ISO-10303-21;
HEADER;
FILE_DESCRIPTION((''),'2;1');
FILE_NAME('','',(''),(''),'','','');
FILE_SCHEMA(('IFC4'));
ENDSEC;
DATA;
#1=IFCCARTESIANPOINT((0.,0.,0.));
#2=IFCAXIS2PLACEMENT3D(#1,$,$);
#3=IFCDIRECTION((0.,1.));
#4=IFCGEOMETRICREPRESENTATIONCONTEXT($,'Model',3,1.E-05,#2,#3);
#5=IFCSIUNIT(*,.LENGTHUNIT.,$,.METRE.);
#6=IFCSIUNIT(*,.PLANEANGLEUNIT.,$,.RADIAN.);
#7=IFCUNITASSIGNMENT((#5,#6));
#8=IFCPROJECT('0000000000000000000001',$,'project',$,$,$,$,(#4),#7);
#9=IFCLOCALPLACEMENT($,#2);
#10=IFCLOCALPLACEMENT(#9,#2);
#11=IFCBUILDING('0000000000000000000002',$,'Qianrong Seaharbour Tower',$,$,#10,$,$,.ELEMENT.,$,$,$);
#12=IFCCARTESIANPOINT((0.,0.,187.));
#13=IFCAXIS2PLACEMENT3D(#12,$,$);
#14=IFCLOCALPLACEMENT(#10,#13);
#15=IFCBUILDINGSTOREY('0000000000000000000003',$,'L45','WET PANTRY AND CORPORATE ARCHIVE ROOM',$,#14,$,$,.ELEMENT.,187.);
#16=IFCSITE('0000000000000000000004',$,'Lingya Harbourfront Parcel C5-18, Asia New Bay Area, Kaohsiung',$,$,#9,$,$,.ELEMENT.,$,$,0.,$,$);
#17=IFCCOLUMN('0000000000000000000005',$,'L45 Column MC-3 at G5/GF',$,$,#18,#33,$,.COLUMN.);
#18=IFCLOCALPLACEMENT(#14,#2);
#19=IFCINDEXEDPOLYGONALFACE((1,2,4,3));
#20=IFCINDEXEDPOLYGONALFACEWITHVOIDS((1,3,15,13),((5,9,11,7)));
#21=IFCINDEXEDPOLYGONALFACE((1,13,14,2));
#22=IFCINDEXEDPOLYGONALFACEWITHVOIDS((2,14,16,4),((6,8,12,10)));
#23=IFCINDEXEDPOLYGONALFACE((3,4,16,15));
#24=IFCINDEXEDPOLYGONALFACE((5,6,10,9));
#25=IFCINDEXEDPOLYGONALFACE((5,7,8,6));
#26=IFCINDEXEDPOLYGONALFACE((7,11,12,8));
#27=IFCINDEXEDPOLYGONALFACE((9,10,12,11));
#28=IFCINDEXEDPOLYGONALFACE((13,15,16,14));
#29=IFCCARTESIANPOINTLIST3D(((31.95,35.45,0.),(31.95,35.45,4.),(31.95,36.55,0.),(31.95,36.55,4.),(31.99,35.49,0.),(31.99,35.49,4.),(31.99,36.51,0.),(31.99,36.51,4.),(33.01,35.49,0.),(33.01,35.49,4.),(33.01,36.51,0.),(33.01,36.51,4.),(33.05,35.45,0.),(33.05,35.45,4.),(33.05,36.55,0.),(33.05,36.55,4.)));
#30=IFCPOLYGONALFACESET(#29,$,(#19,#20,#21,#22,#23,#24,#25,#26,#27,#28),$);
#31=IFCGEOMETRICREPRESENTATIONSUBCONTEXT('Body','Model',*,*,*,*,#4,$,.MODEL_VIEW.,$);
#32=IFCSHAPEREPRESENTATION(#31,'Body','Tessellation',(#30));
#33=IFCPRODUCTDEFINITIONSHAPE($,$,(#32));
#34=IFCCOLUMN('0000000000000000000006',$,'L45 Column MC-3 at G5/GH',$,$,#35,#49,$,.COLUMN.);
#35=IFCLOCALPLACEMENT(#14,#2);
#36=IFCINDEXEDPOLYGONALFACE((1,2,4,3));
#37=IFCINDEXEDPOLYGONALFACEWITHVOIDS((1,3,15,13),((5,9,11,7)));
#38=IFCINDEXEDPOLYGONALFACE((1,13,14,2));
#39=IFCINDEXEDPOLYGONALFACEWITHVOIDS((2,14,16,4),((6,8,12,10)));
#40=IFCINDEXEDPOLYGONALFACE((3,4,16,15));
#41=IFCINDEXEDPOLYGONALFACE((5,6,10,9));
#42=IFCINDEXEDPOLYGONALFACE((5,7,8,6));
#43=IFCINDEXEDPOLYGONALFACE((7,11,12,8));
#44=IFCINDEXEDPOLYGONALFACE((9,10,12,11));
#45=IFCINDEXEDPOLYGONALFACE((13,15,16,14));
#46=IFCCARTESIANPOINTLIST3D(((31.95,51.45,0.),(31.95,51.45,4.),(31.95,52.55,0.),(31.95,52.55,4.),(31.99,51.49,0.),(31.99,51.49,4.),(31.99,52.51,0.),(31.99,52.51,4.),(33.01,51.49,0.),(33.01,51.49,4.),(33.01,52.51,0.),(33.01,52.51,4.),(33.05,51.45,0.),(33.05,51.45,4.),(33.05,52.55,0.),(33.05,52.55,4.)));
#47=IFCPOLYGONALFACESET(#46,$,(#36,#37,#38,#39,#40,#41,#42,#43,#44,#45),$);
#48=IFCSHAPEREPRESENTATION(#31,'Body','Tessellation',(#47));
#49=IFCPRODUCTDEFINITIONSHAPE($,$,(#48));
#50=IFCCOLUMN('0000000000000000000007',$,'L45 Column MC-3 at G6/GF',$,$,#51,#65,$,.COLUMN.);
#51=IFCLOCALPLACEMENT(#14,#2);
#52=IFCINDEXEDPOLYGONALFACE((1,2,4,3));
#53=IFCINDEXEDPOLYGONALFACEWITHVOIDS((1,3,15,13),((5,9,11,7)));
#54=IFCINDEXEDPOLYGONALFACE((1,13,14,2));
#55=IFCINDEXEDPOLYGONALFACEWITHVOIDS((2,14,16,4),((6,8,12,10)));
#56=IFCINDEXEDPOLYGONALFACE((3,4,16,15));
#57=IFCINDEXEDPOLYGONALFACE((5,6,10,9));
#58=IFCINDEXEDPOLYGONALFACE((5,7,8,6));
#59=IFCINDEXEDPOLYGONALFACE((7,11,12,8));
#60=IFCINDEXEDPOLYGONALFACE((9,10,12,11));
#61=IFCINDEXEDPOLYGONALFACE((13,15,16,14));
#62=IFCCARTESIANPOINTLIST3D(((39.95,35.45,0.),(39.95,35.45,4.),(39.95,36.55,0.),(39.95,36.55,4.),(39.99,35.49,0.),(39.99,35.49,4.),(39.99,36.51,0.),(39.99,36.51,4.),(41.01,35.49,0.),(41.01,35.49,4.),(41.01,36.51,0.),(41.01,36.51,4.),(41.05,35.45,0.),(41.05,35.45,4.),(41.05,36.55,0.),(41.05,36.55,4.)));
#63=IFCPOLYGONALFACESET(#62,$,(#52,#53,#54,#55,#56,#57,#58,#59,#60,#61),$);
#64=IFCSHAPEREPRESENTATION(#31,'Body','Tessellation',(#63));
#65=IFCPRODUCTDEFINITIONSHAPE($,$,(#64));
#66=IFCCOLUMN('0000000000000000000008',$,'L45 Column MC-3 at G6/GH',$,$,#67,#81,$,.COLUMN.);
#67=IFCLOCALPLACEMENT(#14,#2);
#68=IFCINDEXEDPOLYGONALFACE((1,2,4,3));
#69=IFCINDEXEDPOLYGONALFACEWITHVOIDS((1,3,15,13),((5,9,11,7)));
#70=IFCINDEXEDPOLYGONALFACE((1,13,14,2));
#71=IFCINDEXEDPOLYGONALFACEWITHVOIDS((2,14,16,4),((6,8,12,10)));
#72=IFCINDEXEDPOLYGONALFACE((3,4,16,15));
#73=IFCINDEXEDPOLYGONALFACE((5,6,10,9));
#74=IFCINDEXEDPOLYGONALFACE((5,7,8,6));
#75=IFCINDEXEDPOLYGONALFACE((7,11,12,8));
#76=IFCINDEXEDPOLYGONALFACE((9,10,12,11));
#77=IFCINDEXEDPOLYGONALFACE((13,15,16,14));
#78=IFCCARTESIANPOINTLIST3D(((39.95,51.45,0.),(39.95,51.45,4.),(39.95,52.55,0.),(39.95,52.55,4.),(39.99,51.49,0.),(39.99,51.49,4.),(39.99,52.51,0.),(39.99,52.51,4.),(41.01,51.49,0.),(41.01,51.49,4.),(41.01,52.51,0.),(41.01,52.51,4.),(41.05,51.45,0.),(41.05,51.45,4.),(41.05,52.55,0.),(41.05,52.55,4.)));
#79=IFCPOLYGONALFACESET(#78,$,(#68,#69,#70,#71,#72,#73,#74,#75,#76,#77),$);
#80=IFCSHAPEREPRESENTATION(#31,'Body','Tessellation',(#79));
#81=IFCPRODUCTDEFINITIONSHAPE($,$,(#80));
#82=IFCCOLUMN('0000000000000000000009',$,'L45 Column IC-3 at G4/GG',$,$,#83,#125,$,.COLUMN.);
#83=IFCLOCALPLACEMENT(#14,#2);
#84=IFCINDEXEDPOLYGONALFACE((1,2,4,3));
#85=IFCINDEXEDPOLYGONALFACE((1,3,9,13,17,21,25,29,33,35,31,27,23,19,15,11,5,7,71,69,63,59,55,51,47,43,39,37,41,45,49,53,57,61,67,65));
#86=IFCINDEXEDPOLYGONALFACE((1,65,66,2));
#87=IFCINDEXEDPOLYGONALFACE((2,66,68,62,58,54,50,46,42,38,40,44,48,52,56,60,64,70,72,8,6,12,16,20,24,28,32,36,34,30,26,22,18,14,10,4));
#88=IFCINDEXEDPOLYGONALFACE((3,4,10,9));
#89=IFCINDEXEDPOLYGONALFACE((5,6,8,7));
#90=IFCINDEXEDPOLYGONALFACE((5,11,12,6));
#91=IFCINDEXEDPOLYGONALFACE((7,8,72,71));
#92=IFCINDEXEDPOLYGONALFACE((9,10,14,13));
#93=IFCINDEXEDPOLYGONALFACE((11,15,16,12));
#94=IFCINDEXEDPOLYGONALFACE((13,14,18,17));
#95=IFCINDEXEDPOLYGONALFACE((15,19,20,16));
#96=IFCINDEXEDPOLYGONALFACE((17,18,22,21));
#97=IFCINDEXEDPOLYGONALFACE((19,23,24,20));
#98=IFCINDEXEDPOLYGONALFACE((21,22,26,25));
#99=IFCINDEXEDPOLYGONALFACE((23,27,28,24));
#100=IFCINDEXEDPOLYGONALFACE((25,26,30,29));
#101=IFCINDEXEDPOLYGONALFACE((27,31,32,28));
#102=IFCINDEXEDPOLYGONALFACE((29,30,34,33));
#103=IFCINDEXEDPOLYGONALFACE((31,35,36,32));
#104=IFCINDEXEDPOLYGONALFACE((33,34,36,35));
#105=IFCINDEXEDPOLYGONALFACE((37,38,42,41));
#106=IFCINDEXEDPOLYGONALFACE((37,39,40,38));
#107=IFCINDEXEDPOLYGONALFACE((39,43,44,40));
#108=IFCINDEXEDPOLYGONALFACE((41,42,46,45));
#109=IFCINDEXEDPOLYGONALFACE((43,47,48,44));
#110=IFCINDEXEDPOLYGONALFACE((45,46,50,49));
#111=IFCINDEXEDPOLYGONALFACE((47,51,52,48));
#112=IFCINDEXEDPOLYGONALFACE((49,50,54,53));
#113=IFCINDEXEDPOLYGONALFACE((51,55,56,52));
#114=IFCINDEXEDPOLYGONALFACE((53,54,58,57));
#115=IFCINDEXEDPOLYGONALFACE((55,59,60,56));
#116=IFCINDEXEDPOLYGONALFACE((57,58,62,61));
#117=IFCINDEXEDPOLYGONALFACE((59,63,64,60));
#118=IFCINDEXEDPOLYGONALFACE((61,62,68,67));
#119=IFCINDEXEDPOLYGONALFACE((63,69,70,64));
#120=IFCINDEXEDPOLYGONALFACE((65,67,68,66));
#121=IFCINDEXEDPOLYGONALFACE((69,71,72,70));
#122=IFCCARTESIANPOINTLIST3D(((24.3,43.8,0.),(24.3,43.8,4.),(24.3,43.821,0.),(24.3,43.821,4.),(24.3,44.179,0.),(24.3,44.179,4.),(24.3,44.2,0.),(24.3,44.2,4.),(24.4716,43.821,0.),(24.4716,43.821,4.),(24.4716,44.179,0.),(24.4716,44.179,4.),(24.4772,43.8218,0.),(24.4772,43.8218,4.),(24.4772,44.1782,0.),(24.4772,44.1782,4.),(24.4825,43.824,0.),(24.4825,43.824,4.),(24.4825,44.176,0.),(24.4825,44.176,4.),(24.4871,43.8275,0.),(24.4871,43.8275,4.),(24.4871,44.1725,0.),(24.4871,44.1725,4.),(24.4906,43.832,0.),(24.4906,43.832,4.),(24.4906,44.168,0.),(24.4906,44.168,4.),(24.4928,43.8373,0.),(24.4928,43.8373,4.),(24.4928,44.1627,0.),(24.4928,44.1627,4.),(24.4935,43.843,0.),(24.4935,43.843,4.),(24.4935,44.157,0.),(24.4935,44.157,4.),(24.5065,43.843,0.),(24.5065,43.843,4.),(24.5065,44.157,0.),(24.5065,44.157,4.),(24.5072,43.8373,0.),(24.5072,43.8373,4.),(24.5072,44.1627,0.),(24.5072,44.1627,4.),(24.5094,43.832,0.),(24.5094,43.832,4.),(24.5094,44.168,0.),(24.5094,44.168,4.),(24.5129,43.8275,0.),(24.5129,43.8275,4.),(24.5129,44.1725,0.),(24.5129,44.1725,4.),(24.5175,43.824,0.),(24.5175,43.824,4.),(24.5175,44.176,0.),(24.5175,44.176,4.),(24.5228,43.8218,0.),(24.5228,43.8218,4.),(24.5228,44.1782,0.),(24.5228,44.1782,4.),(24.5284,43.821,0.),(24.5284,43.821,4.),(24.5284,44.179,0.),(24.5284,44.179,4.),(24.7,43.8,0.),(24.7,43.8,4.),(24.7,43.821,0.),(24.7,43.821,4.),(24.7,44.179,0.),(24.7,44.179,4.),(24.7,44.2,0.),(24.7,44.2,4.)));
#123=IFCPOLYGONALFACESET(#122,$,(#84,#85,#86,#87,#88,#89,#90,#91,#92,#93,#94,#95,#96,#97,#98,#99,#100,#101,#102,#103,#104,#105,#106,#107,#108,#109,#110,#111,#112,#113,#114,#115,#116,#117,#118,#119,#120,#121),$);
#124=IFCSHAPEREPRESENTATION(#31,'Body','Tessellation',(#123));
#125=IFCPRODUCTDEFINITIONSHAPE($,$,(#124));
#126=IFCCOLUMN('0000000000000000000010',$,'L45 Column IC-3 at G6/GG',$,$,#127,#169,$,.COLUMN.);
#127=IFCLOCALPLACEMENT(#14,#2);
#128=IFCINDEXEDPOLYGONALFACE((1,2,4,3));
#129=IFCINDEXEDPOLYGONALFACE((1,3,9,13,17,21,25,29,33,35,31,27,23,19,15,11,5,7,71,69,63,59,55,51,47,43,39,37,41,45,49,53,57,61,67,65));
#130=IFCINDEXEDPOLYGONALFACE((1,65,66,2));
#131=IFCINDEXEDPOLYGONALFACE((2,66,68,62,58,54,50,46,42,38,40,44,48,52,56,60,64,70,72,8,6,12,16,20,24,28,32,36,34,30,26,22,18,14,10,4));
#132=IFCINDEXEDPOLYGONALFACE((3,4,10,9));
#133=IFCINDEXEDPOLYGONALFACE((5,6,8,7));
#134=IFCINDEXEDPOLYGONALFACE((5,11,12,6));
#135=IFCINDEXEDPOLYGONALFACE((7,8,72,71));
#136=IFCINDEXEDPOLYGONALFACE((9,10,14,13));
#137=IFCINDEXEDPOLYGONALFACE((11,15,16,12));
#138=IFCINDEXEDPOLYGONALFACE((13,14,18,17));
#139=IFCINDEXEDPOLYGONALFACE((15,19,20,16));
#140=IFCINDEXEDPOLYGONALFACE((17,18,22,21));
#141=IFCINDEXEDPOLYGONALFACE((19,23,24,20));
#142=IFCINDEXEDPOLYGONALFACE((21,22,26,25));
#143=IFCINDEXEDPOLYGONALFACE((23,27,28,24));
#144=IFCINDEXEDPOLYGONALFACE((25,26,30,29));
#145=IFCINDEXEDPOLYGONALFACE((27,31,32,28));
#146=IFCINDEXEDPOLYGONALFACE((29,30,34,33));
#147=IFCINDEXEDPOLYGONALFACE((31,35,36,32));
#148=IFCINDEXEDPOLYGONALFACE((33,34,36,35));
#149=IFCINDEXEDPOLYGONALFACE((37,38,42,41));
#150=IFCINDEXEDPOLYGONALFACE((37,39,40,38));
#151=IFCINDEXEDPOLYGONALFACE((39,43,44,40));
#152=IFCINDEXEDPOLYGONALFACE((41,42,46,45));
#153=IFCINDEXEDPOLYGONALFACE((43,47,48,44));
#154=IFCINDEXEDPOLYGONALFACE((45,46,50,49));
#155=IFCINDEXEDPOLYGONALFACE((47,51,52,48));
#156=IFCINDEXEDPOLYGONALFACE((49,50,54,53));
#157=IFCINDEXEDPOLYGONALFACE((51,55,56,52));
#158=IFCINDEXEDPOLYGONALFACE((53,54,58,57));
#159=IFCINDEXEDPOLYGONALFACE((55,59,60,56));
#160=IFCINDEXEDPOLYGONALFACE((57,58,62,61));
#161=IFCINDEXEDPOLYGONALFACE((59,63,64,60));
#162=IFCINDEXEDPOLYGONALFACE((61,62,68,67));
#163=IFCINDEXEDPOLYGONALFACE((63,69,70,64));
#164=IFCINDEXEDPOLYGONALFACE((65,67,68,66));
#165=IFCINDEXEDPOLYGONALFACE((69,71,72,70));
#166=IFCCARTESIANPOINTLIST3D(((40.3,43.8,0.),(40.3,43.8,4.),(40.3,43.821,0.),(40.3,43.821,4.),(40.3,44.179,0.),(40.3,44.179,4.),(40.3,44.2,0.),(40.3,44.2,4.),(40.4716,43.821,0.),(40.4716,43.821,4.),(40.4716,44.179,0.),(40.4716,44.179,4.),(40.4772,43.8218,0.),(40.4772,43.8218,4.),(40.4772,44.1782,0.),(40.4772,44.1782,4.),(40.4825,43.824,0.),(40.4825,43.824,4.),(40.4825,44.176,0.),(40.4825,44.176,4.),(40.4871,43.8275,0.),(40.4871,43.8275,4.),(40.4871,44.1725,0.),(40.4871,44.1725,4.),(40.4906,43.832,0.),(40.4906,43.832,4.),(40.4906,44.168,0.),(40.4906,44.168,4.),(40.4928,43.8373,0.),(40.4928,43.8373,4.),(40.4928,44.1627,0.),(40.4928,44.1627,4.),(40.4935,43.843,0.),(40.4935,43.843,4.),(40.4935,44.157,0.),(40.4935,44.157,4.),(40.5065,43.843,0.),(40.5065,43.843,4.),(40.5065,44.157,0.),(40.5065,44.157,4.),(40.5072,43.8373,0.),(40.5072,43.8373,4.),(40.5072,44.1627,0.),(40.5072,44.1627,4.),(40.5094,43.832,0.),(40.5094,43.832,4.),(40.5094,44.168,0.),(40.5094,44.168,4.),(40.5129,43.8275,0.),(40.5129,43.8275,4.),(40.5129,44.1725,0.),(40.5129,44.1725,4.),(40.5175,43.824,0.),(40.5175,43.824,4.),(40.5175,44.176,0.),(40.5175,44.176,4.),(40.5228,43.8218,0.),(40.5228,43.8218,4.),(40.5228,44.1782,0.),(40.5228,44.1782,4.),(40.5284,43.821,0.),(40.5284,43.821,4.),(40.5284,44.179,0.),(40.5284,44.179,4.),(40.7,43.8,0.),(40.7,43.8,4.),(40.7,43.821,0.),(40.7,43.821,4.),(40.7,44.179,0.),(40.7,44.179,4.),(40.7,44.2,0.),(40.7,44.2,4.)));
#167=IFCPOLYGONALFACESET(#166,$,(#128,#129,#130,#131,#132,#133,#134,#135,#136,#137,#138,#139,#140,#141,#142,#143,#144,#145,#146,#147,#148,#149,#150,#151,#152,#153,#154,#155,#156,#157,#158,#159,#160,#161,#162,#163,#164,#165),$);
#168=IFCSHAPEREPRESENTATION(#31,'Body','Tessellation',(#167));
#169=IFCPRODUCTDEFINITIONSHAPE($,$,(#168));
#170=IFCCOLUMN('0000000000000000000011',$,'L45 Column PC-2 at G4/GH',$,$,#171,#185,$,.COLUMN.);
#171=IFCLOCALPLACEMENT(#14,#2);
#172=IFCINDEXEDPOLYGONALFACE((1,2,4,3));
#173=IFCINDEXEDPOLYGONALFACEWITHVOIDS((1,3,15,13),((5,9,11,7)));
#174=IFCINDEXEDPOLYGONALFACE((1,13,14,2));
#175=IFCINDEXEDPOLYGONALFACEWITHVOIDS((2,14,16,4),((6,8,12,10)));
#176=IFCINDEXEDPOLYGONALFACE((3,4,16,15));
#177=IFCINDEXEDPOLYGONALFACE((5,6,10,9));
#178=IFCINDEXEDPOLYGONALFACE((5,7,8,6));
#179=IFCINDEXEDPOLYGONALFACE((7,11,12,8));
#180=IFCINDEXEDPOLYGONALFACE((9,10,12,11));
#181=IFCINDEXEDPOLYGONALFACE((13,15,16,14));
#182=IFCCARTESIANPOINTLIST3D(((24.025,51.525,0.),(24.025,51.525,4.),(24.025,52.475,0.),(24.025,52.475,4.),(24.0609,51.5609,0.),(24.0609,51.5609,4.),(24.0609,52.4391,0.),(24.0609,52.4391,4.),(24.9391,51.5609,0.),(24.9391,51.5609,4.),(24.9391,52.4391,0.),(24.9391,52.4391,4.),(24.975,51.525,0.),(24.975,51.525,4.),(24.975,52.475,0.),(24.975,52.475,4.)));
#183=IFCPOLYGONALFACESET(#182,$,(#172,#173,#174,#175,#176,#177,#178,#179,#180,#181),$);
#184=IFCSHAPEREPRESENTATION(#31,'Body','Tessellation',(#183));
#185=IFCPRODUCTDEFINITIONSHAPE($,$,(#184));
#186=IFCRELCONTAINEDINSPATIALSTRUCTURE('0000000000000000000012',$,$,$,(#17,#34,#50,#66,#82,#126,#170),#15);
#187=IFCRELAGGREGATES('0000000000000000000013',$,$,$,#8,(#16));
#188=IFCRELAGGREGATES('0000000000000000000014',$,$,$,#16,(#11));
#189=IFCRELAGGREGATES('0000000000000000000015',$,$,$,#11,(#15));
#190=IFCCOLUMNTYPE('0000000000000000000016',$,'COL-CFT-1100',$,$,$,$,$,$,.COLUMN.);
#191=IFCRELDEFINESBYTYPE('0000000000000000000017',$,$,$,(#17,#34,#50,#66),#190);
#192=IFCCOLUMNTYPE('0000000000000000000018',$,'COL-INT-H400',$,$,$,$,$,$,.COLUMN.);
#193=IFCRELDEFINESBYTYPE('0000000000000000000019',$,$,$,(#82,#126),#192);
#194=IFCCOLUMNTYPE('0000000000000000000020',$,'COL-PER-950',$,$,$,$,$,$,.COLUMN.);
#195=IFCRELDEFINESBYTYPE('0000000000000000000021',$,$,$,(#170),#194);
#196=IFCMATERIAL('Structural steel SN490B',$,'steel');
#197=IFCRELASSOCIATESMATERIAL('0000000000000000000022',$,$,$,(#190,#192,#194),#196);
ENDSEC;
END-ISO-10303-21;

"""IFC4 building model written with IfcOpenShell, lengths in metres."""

from ifc_helpers import new_model, si_unit, direction, frame, origin, origin_2d, place, context, subcontext, project, spatial, hollow_rectangle, i_section, extrude, material, material_profile, profile_set, type_object, element, save


model = new_model("IFC4")

# Units and contexts
model_context = context("Model", 3, precision=1e-05, world=origin(), true_north=direction((0.0, 1.0)))
body_context = subcontext(model_context, "Body", "Model", "MODEL_VIEW")
ifc_project = project(units=[si_unit("LENGTHUNIT", "METRE"), si_unit("PLANEANGLEUNIT", "RADIAN")], contexts=[model_context])

# Site, building, storey
site_placement = place(None, origin())
site = spatial("IfcSite", under=ifc_project, at=site_placement, Name="Lingya Harbourfront Parcel C5-18, Asia New Bay Area, Kaohsiung", CompositionType="ELEMENT", RefElevation=0.0)
building_placement = place(site_placement, origin())
building = spatial("IfcBuilding", under=site, at=building_placement, Name="Qianrong Seaharbour Tower", CompositionType="ELEMENT")
storey_placement = place(building_placement, frame((0.0, 0.0, 187.0)))
storey = spatial("IfcBuildingStorey", under=building, at=storey_placement, Name="L45", Description="WET PANTRY AND CORPORATE ARCHIVE ROOM", CompositionType="ELEMENT", Elevation=187.0)

# Columns
ifc_material_1 = material(Name="Structural steel SN490B", Category="steel")
ifc_material_profile_1 = material_profile(ifc_material_1, hollow_rectangle(XDim=1.1001, YDim=1.1001, WallThickness=0.04, at=origin_2d()), Name="BOX1100x1100x40")
ifc_profile_set_1 = profile_set([ifc_material_profile_1], Name="Structural steel SN490B")
column_type_1 = type_object("IfcColumnType", Name="COL-CFT-1100", PredefinedType="COLUMN", material=ifc_profile_set_1)
for number, where, z_axis, x_axis, name in (
    (1, (32.5, 36.0, 0.0), (0.0, 0.0, 1.0), (1.0, 0.0, 0.0), "L45 Column MC-3 at G5/GF"),
    (2, (32.5, 52.0, 0.0), (0.0, 0.0, 1.0), (1.0, 0.0, 0.0), "L45 Column MC-3 at G5/GH"),
    (3, (40.5, 36.0, 0.0), (0.0, 0.0, 1.0), (1.0, 0.0, 0.0), "L45 Column MC-3 at G6/GF"),
    (4, (40.5, 52.0, 0.0), (0.0, 0.0, 1.0), (1.0, 0.0, 0.0), "L45 Column MC-3 at G6/GH"),
):
    element("IfcColumn", number, at=place(storey_placement, frame(where, z_axis=z_axis, x_axis=x_axis)), inside=storey, type_object=column_type_1, Name=name, PredefinedType="COLUMN", context=body_context, shape_type="SweptSolid", body=[
        extrude(hollow_rectangle(XDim=1.1001, YDim=1.1001, WallThickness=0.04, at=origin_2d()), origin(), (0.0, 0.0, 1.0), 4.0),
    ])
ifc_material_profile_2 = material_profile(ifc_material_1, i_section(OverallWidth=0.3999, OverallDepth=0.3999, WebThickness=0.0129, FlangeThickness=0.021, FilletRadius=0.022, at=origin_2d()), Name="H400x400x13x21")
ifc_profile_set_2 = profile_set([ifc_material_profile_2], Name="Structural steel SN490B")
column_type_2 = type_object("IfcColumnType", Name="COL-INT-H400", PredefinedType="COLUMN", material=ifc_profile_set_2)
for number, where, z_axis, x_axis, name in (
    (5, (24.5, 44.0, 0.0), (0.0, 0.0, 1.0), (1.0, 0.0, 0.0), "L45 Column IC-3 at G4/GG"),
    (6, (40.5, 44.0, 0.0), (0.0, 0.0, 1.0), (1.0, 0.0, 0.0), "L45 Column IC-3 at G6/GG"),
):
    element("IfcColumn", number, at=place(storey_placement, frame(where, z_axis=z_axis, x_axis=x_axis)), inside=storey, type_object=column_type_2, Name=name, PredefinedType="COLUMN", context=body_context, shape_type="SweptSolid", body=[
        extrude(i_section(OverallWidth=0.3999, OverallDepth=0.3999, WebThickness=0.0129, FlangeThickness=0.021, FilletRadius=0.022, at=origin_2d()), origin(), (0.0, 0.0, 1.0), 4.0),
    ])
ifc_material_profile_3 = material_profile(ifc_material_1, hollow_rectangle(XDim=0.95, YDim=0.95, WallThickness=0.0359, at=origin_2d()), Name="BOX950x950x36")
ifc_profile_set_3 = profile_set([ifc_material_profile_3], Name="Structural steel SN490B")
column_type_3 = type_object("IfcColumnType", Name="COL-PER-950", PredefinedType="COLUMN", material=ifc_profile_set_3)
column_placement = place(storey_placement, frame((24.5, 52.0, 0.0), z_axis=(0.0, 0.0, 1.0), x_axis=(1.0, 0.0, 0.0)))
element("IfcColumn", 7, at=column_placement, inside=storey, type_object=column_type_3, Name="L45 Column PC-2 at G4/GH", PredefinedType="COLUMN", context=body_context, shape_type="SweptSolid", body=[
    extrude(hollow_rectangle(XDim=0.95, YDim=0.95, WallThickness=0.0359, at=origin_2d()), origin(), (0.0, 0.0, 1.0), 4.0),
])

save(model, "model.ifc")
